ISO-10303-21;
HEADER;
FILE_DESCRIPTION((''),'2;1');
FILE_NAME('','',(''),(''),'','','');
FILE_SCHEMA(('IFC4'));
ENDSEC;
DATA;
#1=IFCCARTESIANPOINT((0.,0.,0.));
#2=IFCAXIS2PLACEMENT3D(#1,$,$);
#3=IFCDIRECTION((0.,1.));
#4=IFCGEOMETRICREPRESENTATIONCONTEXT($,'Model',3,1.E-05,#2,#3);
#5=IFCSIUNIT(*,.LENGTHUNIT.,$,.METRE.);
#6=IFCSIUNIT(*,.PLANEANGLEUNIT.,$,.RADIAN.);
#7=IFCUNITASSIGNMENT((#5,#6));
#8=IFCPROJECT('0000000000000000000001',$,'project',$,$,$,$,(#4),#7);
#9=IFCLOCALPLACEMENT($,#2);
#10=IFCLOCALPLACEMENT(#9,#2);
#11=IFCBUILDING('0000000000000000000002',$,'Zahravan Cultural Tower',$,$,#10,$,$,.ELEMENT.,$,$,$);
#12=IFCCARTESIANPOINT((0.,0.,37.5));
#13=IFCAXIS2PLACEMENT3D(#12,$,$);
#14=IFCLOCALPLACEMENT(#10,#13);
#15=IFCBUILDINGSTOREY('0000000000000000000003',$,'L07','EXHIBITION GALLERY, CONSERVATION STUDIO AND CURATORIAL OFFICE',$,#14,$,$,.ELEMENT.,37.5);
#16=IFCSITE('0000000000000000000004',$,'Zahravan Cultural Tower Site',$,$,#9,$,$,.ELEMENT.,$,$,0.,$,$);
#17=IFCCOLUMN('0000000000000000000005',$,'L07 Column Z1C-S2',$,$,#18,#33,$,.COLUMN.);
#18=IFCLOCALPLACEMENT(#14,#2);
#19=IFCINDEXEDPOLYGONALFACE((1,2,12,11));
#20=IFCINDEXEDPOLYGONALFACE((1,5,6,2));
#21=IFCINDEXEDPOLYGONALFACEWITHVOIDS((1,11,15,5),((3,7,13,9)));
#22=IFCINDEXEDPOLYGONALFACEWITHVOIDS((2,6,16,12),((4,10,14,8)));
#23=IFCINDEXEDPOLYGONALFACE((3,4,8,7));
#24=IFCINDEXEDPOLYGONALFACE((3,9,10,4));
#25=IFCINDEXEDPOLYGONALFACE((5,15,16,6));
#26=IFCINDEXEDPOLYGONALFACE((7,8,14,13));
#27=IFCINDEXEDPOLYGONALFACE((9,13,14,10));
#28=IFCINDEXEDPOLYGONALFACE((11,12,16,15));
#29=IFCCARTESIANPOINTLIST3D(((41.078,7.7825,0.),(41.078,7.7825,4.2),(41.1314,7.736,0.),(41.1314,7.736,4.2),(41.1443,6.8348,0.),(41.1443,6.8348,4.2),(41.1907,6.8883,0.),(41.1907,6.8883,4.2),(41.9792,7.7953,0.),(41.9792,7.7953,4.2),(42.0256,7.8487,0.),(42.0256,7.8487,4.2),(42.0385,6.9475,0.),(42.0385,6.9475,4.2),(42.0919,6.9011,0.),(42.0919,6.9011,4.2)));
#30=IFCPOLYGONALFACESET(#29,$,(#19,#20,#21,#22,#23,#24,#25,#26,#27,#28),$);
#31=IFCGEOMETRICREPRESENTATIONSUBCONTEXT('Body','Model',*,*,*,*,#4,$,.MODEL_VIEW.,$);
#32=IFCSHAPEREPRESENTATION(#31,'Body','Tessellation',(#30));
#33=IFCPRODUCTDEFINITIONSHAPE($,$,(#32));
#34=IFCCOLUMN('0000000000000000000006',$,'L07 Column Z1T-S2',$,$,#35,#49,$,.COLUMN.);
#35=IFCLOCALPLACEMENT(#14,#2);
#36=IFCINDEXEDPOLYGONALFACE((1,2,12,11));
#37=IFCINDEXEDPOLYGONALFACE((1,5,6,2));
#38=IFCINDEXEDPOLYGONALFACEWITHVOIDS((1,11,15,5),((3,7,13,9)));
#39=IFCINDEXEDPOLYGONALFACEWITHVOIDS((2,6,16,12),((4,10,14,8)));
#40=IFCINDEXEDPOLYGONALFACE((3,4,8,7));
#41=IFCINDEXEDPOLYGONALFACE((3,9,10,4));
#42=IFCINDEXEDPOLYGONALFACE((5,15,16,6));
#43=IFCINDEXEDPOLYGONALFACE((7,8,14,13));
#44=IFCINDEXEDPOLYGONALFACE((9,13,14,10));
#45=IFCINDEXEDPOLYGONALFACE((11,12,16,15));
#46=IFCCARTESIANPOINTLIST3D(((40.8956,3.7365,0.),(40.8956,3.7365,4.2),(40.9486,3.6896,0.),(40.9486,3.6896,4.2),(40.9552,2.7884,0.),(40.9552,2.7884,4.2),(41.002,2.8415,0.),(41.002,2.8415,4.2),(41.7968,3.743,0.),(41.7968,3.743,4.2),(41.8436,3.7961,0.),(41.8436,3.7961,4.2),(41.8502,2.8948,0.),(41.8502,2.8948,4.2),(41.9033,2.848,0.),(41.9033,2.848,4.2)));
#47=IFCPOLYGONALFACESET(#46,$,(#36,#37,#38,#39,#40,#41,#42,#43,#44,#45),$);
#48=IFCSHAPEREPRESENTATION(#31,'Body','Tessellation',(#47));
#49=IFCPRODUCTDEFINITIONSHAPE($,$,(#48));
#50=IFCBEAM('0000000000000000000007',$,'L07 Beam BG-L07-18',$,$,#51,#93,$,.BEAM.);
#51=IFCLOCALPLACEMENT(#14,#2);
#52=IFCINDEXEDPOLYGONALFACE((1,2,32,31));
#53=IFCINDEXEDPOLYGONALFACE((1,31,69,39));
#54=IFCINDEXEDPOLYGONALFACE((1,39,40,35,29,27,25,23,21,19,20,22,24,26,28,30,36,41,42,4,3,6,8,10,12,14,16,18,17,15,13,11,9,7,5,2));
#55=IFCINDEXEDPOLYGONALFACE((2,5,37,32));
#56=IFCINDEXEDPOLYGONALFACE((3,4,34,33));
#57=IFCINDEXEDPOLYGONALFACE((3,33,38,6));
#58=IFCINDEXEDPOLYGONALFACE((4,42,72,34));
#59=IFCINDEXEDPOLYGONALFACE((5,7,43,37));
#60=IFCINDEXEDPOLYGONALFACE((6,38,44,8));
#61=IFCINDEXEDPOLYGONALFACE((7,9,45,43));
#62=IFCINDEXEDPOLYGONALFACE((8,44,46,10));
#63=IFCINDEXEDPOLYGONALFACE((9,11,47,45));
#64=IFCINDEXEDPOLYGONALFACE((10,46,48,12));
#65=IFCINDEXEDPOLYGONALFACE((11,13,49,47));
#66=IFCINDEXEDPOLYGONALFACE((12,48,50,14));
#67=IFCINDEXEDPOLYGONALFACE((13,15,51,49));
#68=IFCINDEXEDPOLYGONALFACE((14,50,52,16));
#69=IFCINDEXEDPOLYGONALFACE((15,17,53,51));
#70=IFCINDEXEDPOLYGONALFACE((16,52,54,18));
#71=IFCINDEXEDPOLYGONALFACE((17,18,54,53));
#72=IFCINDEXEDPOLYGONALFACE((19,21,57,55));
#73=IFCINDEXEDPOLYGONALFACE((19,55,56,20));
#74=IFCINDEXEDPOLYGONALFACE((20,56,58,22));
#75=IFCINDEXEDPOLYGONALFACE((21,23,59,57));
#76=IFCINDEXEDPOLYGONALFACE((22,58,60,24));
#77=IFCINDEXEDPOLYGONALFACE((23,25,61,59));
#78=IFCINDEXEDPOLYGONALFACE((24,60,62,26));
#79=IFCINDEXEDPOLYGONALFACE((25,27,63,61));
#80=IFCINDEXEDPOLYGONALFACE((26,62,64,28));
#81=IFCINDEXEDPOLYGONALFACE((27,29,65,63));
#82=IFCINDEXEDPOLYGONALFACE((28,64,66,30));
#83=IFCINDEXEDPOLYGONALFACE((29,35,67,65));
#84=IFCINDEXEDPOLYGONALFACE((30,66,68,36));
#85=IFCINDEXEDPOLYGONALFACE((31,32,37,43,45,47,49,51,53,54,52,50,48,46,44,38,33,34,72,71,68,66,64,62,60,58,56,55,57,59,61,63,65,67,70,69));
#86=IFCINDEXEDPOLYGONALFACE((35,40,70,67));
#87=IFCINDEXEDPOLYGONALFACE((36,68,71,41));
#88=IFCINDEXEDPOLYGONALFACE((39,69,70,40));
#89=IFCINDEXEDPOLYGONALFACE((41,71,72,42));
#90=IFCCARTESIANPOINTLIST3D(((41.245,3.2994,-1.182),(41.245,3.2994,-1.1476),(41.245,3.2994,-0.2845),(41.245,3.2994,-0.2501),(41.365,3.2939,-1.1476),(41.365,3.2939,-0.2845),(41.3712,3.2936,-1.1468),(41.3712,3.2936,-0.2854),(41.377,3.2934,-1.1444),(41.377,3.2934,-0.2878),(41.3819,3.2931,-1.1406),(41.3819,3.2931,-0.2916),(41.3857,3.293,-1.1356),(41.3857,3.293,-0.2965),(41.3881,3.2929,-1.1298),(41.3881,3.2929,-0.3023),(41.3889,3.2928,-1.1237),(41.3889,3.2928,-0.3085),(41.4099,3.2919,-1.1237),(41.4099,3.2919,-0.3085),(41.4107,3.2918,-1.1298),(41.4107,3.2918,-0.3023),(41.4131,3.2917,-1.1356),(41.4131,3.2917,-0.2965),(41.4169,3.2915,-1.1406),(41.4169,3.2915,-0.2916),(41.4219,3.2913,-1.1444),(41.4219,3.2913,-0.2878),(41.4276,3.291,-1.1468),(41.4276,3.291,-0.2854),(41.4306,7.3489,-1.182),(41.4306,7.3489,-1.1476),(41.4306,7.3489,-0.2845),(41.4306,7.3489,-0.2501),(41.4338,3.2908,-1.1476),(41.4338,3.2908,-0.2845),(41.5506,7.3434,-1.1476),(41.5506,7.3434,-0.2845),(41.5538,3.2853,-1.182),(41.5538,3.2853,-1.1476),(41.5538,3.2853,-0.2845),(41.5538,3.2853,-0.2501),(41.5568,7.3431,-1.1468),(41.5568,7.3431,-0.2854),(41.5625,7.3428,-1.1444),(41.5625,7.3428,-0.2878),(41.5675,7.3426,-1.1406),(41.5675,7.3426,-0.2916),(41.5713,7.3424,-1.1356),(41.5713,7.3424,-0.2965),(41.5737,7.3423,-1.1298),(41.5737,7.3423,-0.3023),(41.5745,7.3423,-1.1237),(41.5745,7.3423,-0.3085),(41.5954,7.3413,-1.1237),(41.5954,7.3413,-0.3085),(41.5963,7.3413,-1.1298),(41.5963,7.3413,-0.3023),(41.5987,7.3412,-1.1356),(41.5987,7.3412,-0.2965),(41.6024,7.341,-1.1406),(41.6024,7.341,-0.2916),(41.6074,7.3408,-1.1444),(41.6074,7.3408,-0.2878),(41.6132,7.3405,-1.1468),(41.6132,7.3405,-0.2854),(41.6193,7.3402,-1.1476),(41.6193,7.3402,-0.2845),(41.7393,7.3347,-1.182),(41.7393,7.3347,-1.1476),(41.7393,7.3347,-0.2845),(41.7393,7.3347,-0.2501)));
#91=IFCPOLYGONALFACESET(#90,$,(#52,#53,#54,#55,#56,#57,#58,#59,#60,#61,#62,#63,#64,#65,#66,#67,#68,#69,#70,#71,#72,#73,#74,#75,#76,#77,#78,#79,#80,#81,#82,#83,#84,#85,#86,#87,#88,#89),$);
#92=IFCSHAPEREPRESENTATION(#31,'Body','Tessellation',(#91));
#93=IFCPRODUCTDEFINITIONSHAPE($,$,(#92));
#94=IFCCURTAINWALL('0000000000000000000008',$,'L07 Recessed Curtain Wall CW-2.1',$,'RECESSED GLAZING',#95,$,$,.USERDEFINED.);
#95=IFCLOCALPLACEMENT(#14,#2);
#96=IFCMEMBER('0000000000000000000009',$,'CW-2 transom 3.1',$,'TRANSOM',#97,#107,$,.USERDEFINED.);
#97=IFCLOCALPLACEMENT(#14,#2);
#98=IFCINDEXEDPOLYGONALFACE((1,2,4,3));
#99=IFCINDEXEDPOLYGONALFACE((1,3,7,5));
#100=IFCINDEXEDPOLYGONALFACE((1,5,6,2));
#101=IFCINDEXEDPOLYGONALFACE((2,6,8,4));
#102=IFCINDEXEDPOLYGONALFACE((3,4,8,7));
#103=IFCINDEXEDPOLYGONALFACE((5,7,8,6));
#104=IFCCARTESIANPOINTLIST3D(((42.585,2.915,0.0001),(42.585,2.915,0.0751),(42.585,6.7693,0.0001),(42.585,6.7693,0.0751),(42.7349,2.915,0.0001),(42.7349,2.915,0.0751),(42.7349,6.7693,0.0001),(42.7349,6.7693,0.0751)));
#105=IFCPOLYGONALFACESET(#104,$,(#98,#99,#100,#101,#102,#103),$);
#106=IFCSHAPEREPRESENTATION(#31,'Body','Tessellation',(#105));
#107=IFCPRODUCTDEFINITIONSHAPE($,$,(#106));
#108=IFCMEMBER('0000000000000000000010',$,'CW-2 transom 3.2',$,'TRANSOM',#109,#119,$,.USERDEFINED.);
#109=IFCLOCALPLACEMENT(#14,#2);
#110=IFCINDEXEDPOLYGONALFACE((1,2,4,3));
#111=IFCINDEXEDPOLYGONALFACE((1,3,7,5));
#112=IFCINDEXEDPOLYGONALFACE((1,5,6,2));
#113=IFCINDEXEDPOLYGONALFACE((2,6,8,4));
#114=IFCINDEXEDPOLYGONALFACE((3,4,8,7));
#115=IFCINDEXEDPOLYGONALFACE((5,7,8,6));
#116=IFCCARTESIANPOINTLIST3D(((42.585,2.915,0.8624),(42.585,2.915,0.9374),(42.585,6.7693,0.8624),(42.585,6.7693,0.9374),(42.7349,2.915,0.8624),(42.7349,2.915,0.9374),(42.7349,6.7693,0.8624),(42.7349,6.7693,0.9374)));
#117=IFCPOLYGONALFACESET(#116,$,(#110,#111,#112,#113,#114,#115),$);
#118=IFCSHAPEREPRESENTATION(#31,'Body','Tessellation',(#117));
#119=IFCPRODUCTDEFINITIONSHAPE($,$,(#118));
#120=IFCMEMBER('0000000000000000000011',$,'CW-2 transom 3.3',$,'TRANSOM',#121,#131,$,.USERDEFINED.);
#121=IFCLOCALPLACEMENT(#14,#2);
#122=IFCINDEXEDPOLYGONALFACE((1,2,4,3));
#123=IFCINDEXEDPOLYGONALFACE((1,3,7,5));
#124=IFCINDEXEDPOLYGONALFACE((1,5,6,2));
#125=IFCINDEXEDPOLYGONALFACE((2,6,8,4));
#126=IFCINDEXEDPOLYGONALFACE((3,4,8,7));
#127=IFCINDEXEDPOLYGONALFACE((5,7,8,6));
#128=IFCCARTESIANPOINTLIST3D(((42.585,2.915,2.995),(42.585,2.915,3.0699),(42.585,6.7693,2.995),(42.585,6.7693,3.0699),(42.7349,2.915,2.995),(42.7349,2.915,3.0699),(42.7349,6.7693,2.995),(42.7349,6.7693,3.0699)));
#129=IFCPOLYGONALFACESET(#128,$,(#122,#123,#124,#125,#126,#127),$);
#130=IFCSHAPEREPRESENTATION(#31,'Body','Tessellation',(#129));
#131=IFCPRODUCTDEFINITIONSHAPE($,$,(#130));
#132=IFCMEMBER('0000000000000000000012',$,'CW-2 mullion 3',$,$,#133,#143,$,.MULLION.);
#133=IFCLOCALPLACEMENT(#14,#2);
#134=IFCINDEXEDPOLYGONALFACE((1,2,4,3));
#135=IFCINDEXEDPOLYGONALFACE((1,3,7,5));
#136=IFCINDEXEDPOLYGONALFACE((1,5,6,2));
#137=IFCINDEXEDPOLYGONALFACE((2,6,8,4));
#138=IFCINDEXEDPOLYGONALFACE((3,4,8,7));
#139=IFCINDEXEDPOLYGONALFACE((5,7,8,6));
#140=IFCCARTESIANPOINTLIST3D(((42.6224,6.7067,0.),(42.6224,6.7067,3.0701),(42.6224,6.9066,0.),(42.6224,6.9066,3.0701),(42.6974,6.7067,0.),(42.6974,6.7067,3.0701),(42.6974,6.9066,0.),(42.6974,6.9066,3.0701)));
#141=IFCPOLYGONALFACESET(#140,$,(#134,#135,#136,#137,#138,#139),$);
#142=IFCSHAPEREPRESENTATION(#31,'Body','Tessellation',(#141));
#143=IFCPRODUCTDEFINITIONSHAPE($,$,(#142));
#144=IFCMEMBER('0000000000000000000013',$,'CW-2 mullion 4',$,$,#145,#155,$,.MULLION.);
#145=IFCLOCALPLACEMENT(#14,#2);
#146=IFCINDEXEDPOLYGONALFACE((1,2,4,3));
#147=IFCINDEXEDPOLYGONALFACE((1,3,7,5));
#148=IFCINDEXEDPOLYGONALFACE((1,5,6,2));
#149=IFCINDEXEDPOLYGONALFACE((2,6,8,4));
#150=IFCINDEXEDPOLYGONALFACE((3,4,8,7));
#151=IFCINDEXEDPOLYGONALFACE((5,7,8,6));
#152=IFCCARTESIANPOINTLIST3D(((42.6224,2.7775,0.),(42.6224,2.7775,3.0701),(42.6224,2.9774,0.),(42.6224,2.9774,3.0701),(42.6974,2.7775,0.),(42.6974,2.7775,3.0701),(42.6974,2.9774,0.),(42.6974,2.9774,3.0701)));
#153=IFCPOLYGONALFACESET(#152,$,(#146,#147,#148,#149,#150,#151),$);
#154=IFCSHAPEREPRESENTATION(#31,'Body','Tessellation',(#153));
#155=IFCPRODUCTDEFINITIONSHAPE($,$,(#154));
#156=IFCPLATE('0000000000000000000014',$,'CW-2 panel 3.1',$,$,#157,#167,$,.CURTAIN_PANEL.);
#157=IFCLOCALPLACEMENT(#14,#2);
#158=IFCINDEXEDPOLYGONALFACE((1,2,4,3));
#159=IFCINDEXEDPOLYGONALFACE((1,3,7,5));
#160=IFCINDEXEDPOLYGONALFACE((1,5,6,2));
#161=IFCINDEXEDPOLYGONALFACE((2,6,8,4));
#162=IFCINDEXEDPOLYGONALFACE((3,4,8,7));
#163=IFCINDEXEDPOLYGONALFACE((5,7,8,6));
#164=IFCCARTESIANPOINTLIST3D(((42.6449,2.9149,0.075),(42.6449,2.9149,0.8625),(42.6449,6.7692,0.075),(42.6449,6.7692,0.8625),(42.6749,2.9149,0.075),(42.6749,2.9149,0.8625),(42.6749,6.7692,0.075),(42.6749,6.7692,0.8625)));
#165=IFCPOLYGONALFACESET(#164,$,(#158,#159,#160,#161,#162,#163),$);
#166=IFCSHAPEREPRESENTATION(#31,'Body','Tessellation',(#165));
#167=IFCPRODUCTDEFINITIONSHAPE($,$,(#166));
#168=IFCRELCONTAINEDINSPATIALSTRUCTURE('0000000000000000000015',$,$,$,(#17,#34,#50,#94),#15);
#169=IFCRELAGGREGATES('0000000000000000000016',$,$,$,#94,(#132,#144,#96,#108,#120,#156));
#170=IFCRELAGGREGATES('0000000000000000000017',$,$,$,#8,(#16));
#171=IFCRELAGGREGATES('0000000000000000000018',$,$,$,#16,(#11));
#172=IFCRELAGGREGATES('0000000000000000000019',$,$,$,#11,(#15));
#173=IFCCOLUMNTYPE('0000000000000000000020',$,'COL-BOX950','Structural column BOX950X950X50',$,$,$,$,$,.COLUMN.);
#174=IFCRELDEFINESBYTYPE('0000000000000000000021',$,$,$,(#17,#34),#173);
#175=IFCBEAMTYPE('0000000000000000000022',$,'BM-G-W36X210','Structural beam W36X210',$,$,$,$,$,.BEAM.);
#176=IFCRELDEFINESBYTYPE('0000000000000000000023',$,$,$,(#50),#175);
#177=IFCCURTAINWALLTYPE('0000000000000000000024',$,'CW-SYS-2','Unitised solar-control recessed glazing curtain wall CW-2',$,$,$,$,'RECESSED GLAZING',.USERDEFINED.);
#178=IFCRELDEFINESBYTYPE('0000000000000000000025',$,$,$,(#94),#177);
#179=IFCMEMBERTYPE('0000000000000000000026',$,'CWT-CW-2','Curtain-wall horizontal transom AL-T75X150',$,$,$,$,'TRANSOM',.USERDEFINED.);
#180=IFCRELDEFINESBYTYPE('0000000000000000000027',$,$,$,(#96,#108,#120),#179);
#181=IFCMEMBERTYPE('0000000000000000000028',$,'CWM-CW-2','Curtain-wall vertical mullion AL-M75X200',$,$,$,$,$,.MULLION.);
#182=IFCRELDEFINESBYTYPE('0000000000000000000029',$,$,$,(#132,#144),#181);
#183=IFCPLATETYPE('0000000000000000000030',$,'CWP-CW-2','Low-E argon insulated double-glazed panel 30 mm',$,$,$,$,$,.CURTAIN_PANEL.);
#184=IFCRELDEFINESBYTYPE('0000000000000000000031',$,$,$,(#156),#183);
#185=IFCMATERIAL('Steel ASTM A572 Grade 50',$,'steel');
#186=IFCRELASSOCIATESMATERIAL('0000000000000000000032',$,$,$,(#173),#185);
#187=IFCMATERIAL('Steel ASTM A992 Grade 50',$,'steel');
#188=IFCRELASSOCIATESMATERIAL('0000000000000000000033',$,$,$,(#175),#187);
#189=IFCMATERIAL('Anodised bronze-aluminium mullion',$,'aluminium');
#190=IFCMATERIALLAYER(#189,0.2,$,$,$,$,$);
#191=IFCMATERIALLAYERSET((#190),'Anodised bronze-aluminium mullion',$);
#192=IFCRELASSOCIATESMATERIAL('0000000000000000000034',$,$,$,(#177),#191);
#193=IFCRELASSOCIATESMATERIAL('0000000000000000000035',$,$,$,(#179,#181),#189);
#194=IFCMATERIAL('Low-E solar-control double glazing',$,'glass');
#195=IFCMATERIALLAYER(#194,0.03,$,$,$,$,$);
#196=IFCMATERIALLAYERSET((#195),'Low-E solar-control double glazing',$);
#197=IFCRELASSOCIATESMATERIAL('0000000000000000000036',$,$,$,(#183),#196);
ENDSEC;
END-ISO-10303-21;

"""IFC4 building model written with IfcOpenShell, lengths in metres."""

from ifc_helpers import new_model, si_unit, direction, frame, origin, origin_2d, place, context, subcontext, project, spatial, rectangle, hollow_rectangle, i_section, extrude, source, transform, mapped, material, layer, layer_set, material_profile, profile_set, type_object, element, aggregate, save


model = new_model("IFC4")

# Units and contexts
model_context = context("Model", 3, precision=1e-05, world=origin(), true_north=direction((0.0, 1.0)))
body_context = subcontext(model_context, "Body", "Model", "MODEL_VIEW")
ifc_project = project(units=[si_unit("LENGTHUNIT", "METRE"), si_unit("PLANEANGLEUNIT", "RADIAN")], contexts=[model_context])

# Site, building, storey
site_placement = place(None, origin())
site = spatial("IfcSite", under=ifc_project, at=site_placement, Name="Zahravan Cultural Tower Site", CompositionType="ELEMENT", RefElevation=0.0)
building_placement = place(site_placement, origin())
building = spatial("IfcBuilding", under=site, at=building_placement, Name="Zahravan Cultural Tower", CompositionType="ELEMENT")
storey_placement = place(building_placement, frame((0.0, 0.0, 37.5)))
storey = spatial("IfcBuildingStorey", under=building, at=storey_placement, Name="L07", Description="EXHIBITION GALLERY, CONSERVATION STUDIO AND CURATORIAL OFFICE", CompositionType="ELEMENT", Elevation=37.5)

# Columns
ifc_material_1 = material(Name="Steel ASTM A572 Grade 50", Category="steel")
ifc_material_profile_1 = material_profile(ifc_material_1, hollow_rectangle(XDim=0.95, YDim=0.95, WallThickness=0.05, at=origin_2d()), Name="BOX950X950X50")
ifc_profile_set_1 = profile_set([ifc_material_profile_1], Name="Steel ASTM A572 Grade 50")
column_type = type_object("IfcColumnType", Name="COL-BOX950", Description="Structural column BOX950X950X50", PredefinedType="COLUMN", material=ifc_profile_set_1)
shared_shape_1 = source(origin(), body_context, "Body", "SweptSolid", [
    extrude(hollow_rectangle(XDim=0.95, YDim=0.95, WallThickness=0.05, at=origin_2d()), origin(), (0.0, 0.0, 1.0), 4.2),
])
for number, where, z_axis, x_axis, name in (
    (1, (41.585, 7.3418, 0.0), (0.0, 0.0, 1.0), (-0.069756, 0.997564, 0.0), "L07 Column Z1C-S2"),
    (2, (41.3994, 3.2922, 0.0), (0.0, 0.0, 1.0), (-0.062791, 0.998027, 0.0), "L07 Column Z1T-S2"),
):
    element("IfcColumn", number, at=place(storey_placement, frame(where, z_axis=z_axis, x_axis=x_axis)), inside=storey, type_object=column_type, Name=name, PredefinedType="COLUMN", context=body_context, shape_type="MappedRepresentation", body=[
        mapped(shared_shape_1, transform((0.0, 0.0, 0.0), x_axis=(1.0, 0.0, 0.0), y_axis=(0.0, 1.0, 0.0), z_axis=(0.0, 0.0, 1.0), scale=1.0)),
    ])

# Beam
ifc_material_2 = material(Name="Steel ASTM A992 Grade 50", Category="steel")
ifc_material_profile_2 = material_profile(ifc_material_2, i_section(OverallWidth=0.3091, OverallDepth=0.9319, WebThickness=0.021, FlangeThickness=0.0344, FilletRadius=0.0239, at=origin_2d()), Name="W36X210")
ifc_profile_set_2 = profile_set([ifc_material_profile_2], Name="Steel ASTM A992 Grade 50")
beam_type = type_object("IfcBeamType", Name="BM-G-W36X210", Description="Structural beam W36X210", PredefinedType="BEAM", material=ifc_profile_set_2)
shared_shape_2 = source(origin(), body_context, "Body", "SweptSolid", [
    extrude(i_section(OverallWidth=0.3091, OverallDepth=0.9319, WebThickness=0.021, FlangeThickness=0.0344, FilletRadius=0.0239, at=origin_2d()), origin(), (0.0, 0.0, 1.0), 4.0537),
])
beam_placement = place(storey_placement, frame((41.585, 7.3418, -0.7161), z_axis=(-0.045771, -0.998952, 0.0), x_axis=(0.998952, -0.045771, 0.0)))
element("IfcBeam", 3, at=beam_placement, inside=storey, type_object=beam_type, Name="L07 Beam BG-L07-18", PredefinedType="BEAM", context=body_context, shape_type="MappedRepresentation", body=[
    mapped(shared_shape_2, transform((0.0, 0.0, 0.0), x_axis=(1.0, 0.0, 0.0), y_axis=(0.0, 1.0, 0.0), z_axis=(0.0, 0.0, 1.0), scale=1.0)),
])

# Curtain wall, members, plate
ifc_material_3 = material(Name="Anodised bronze-aluminium mullion", Category="aluminium")
ifc_layer_1 = layer(ifc_material_3, 0.2)
ifc_layer_set_1 = layer_set([ifc_layer_1], Name="Anodised bronze-aluminium mullion")
curtain_wall_type = type_object("IfcCurtainWallType", Name="CW-SYS-2", Description="Unitised solar-control recessed glazing curtain wall CW-2", ElementType="RECESSED GLAZING", PredefinedType="USERDEFINED", material=ifc_layer_set_1)
curtain_wall_placement = place(storey_placement, origin())
curtain_wall = element("IfcCurtainWall", 4, at=curtain_wall_placement, inside=storey, type_object=curtain_wall_type, Name="L07 Recessed Curtain Wall CW-2.1", ObjectType="RECESSED GLAZING", PredefinedType="USERDEFINED")
ifc_material_profile_3 = material_profile(ifc_material_3, rectangle(XDim=0.1499, YDim=0.075, at=origin_2d()), Name="AL-T75X150")
ifc_profile_set_3 = profile_set([ifc_material_profile_3], Name="Anodised bronze-aluminium mullion")
member_type_1 = type_object("IfcMemberType", Name="CWT-CW-2", Description="Curtain-wall horizontal transom AL-T75X150", ElementType="TRANSOM", PredefinedType="USERDEFINED", material=ifc_profile_set_3)
shared_shape_3 = source(origin(), body_context, "Body", "SweptSolid", [
    extrude(rectangle(XDim=0.1499, YDim=0.075, at=origin_2d()), origin(), (0.0, 0.0, 1.0), 3.8542),
])
member_1_placement = place(storey_placement, frame((42.6599, 6.7693, 0.0376), z_axis=(0.0, -1.0, 0.0), x_axis=(1.0, 0.0, 0.0)))
member_1 = element("IfcMember", 5, at=member_1_placement, type_object=member_type_1, Name="CW-2 transom 3.1", ObjectType="TRANSOM", PredefinedType="USERDEFINED", context=body_context, shape_type="MappedRepresentation", body=[
    mapped(shared_shape_3, transform((0.0, 0.0, 0.0), x_axis=(1.0, 0.0, 0.0), y_axis=(0.0, 1.0, 0.0), z_axis=(0.0, 0.0, 1.0), scale=1.0)),
])
member_2_placement = place(storey_placement, frame((42.6599, 6.7693, 0.8999), z_axis=(0.0, -1.0, 0.0), x_axis=(1.0, 0.0, 0.0)))
member_2 = element("IfcMember", 6, at=member_2_placement, type_object=member_type_1, Name="CW-2 transom 3.2", ObjectType="TRANSOM", PredefinedType="USERDEFINED", context=body_context, shape_type="MappedRepresentation", body=[
    mapped(shared_shape_3, transform((0.0, 0.0, 0.0), x_axis=(1.0, 0.0, 0.0), y_axis=(0.0, 1.0, 0.0), z_axis=(0.0, 0.0, 1.0), scale=1.0)),
])
member_3_placement = place(storey_placement, frame((42.6599, 6.7693, 3.0325), z_axis=(0.0, -1.0, 0.0), x_axis=(1.0, 0.0, 0.0)))
member_3 = element("IfcMember", 7, at=member_3_placement, type_object=member_type_1, Name="CW-2 transom 3.3", ObjectType="TRANSOM", PredefinedType="USERDEFINED", context=body_context, shape_type="MappedRepresentation", body=[
    mapped(shared_shape_3, transform((0.0, 0.0, 0.0), x_axis=(1.0, 0.0, 0.0), y_axis=(0.0, 1.0, 0.0), z_axis=(0.0, 0.0, 1.0), scale=1.0)),
])
ifc_material_profile_4 = material_profile(ifc_material_3, rectangle(XDim=0.075, YDim=0.2, at=origin_2d()), Name="AL-M75X200")
ifc_profile_set_4 = profile_set([ifc_material_profile_4], Name="Anodised bronze-aluminium mullion")
member_type_2 = type_object("IfcMemberType", Name="CWM-CW-2", Description="Curtain-wall vertical mullion AL-M75X200", PredefinedType="MULLION", material=ifc_profile_set_4)
shared_shape_4 = source(origin(), body_context, "Body", "SweptSolid", [
    extrude(rectangle(XDim=0.075, YDim=0.2, at=origin_2d()), origin(), (0.0, 0.0, 1.0), 3.0701),
])
member_4_placement = place(storey_placement, frame((42.6599, 6.8066, 0.0), z_axis=(0.0, 0.0, 1.0), x_axis=(1.0, 0.0, 0.0)))
member_4 = element("IfcMember", 8, at=member_4_placement, type_object=member_type_2, Name="CW-2 mullion 3", PredefinedType="MULLION", context=body_context, shape_type="MappedRepresentation", body=[
    mapped(shared_shape_4, transform((0.0, 0.0, 0.0), x_axis=(1.0, 0.0, 0.0), y_axis=(0.0, 1.0, 0.0), z_axis=(0.0, 0.0, 1.0), scale=1.0)),
])
member_5_placement = place(storey_placement, frame((42.6599, 2.8774, 0.0), z_axis=(0.0, 0.0, 1.0), x_axis=(1.0, 0.0, 0.0)))
member_5 = element("IfcMember", 9, at=member_5_placement, type_object=member_type_2, Name="CW-2 mullion 4", PredefinedType="MULLION", context=body_context, shape_type="MappedRepresentation", body=[
    mapped(shared_shape_4, transform((0.0, 0.0, 0.0), x_axis=(1.0, 0.0, 0.0), y_axis=(0.0, 1.0, 0.0), z_axis=(0.0, 0.0, 1.0), scale=1.0)),
])
ifc_material_4 = material(Name="Low-E solar-control double glazing", Category="glass")
ifc_layer_2 = layer(ifc_material_4, 0.03)
ifc_layer_set_2 = layer_set([ifc_layer_2], Name="Low-E solar-control double glazing")
plate_type = type_object("IfcPlateType", Name="CWP-CW-2", Description="Low-E argon insulated double-glazed panel 30 mm", PredefinedType="CURTAIN_PANEL", material=ifc_layer_set_2)
shared_shape_5 = source(origin(), body_context, "Body", "SweptSolid", [
    extrude(rectangle(XDim=3.8542, YDim=0.03, at=origin_2d()), origin(), (0.0, 0.0, 1.0), 0.7876),
])
plate_1_placement = place(storey_placement, frame((42.6599, 4.842, 0.075), z_axis=(0.0, 0.0, 1.0), x_axis=(0.0, -1.0, 0.0)))
plate_1 = element("IfcPlate", 10, at=plate_1_placement, type_object=plate_type, Name="CW-2 panel 3.1", PredefinedType="CURTAIN_PANEL", context=body_context, shape_type="MappedRepresentation", body=[
    mapped(shared_shape_5, transform((0.0, 0.0, 0.0), x_axis=(1.0, 0.0, 0.0), y_axis=(0.0, 1.0, 0.0), z_axis=(0.0, 0.0, 1.0), scale=1.0)),
])
aggregate(curtain_wall, [member_4, member_5, member_1, member_2, member_3, plate_1])

save(model, "model.ifc")
